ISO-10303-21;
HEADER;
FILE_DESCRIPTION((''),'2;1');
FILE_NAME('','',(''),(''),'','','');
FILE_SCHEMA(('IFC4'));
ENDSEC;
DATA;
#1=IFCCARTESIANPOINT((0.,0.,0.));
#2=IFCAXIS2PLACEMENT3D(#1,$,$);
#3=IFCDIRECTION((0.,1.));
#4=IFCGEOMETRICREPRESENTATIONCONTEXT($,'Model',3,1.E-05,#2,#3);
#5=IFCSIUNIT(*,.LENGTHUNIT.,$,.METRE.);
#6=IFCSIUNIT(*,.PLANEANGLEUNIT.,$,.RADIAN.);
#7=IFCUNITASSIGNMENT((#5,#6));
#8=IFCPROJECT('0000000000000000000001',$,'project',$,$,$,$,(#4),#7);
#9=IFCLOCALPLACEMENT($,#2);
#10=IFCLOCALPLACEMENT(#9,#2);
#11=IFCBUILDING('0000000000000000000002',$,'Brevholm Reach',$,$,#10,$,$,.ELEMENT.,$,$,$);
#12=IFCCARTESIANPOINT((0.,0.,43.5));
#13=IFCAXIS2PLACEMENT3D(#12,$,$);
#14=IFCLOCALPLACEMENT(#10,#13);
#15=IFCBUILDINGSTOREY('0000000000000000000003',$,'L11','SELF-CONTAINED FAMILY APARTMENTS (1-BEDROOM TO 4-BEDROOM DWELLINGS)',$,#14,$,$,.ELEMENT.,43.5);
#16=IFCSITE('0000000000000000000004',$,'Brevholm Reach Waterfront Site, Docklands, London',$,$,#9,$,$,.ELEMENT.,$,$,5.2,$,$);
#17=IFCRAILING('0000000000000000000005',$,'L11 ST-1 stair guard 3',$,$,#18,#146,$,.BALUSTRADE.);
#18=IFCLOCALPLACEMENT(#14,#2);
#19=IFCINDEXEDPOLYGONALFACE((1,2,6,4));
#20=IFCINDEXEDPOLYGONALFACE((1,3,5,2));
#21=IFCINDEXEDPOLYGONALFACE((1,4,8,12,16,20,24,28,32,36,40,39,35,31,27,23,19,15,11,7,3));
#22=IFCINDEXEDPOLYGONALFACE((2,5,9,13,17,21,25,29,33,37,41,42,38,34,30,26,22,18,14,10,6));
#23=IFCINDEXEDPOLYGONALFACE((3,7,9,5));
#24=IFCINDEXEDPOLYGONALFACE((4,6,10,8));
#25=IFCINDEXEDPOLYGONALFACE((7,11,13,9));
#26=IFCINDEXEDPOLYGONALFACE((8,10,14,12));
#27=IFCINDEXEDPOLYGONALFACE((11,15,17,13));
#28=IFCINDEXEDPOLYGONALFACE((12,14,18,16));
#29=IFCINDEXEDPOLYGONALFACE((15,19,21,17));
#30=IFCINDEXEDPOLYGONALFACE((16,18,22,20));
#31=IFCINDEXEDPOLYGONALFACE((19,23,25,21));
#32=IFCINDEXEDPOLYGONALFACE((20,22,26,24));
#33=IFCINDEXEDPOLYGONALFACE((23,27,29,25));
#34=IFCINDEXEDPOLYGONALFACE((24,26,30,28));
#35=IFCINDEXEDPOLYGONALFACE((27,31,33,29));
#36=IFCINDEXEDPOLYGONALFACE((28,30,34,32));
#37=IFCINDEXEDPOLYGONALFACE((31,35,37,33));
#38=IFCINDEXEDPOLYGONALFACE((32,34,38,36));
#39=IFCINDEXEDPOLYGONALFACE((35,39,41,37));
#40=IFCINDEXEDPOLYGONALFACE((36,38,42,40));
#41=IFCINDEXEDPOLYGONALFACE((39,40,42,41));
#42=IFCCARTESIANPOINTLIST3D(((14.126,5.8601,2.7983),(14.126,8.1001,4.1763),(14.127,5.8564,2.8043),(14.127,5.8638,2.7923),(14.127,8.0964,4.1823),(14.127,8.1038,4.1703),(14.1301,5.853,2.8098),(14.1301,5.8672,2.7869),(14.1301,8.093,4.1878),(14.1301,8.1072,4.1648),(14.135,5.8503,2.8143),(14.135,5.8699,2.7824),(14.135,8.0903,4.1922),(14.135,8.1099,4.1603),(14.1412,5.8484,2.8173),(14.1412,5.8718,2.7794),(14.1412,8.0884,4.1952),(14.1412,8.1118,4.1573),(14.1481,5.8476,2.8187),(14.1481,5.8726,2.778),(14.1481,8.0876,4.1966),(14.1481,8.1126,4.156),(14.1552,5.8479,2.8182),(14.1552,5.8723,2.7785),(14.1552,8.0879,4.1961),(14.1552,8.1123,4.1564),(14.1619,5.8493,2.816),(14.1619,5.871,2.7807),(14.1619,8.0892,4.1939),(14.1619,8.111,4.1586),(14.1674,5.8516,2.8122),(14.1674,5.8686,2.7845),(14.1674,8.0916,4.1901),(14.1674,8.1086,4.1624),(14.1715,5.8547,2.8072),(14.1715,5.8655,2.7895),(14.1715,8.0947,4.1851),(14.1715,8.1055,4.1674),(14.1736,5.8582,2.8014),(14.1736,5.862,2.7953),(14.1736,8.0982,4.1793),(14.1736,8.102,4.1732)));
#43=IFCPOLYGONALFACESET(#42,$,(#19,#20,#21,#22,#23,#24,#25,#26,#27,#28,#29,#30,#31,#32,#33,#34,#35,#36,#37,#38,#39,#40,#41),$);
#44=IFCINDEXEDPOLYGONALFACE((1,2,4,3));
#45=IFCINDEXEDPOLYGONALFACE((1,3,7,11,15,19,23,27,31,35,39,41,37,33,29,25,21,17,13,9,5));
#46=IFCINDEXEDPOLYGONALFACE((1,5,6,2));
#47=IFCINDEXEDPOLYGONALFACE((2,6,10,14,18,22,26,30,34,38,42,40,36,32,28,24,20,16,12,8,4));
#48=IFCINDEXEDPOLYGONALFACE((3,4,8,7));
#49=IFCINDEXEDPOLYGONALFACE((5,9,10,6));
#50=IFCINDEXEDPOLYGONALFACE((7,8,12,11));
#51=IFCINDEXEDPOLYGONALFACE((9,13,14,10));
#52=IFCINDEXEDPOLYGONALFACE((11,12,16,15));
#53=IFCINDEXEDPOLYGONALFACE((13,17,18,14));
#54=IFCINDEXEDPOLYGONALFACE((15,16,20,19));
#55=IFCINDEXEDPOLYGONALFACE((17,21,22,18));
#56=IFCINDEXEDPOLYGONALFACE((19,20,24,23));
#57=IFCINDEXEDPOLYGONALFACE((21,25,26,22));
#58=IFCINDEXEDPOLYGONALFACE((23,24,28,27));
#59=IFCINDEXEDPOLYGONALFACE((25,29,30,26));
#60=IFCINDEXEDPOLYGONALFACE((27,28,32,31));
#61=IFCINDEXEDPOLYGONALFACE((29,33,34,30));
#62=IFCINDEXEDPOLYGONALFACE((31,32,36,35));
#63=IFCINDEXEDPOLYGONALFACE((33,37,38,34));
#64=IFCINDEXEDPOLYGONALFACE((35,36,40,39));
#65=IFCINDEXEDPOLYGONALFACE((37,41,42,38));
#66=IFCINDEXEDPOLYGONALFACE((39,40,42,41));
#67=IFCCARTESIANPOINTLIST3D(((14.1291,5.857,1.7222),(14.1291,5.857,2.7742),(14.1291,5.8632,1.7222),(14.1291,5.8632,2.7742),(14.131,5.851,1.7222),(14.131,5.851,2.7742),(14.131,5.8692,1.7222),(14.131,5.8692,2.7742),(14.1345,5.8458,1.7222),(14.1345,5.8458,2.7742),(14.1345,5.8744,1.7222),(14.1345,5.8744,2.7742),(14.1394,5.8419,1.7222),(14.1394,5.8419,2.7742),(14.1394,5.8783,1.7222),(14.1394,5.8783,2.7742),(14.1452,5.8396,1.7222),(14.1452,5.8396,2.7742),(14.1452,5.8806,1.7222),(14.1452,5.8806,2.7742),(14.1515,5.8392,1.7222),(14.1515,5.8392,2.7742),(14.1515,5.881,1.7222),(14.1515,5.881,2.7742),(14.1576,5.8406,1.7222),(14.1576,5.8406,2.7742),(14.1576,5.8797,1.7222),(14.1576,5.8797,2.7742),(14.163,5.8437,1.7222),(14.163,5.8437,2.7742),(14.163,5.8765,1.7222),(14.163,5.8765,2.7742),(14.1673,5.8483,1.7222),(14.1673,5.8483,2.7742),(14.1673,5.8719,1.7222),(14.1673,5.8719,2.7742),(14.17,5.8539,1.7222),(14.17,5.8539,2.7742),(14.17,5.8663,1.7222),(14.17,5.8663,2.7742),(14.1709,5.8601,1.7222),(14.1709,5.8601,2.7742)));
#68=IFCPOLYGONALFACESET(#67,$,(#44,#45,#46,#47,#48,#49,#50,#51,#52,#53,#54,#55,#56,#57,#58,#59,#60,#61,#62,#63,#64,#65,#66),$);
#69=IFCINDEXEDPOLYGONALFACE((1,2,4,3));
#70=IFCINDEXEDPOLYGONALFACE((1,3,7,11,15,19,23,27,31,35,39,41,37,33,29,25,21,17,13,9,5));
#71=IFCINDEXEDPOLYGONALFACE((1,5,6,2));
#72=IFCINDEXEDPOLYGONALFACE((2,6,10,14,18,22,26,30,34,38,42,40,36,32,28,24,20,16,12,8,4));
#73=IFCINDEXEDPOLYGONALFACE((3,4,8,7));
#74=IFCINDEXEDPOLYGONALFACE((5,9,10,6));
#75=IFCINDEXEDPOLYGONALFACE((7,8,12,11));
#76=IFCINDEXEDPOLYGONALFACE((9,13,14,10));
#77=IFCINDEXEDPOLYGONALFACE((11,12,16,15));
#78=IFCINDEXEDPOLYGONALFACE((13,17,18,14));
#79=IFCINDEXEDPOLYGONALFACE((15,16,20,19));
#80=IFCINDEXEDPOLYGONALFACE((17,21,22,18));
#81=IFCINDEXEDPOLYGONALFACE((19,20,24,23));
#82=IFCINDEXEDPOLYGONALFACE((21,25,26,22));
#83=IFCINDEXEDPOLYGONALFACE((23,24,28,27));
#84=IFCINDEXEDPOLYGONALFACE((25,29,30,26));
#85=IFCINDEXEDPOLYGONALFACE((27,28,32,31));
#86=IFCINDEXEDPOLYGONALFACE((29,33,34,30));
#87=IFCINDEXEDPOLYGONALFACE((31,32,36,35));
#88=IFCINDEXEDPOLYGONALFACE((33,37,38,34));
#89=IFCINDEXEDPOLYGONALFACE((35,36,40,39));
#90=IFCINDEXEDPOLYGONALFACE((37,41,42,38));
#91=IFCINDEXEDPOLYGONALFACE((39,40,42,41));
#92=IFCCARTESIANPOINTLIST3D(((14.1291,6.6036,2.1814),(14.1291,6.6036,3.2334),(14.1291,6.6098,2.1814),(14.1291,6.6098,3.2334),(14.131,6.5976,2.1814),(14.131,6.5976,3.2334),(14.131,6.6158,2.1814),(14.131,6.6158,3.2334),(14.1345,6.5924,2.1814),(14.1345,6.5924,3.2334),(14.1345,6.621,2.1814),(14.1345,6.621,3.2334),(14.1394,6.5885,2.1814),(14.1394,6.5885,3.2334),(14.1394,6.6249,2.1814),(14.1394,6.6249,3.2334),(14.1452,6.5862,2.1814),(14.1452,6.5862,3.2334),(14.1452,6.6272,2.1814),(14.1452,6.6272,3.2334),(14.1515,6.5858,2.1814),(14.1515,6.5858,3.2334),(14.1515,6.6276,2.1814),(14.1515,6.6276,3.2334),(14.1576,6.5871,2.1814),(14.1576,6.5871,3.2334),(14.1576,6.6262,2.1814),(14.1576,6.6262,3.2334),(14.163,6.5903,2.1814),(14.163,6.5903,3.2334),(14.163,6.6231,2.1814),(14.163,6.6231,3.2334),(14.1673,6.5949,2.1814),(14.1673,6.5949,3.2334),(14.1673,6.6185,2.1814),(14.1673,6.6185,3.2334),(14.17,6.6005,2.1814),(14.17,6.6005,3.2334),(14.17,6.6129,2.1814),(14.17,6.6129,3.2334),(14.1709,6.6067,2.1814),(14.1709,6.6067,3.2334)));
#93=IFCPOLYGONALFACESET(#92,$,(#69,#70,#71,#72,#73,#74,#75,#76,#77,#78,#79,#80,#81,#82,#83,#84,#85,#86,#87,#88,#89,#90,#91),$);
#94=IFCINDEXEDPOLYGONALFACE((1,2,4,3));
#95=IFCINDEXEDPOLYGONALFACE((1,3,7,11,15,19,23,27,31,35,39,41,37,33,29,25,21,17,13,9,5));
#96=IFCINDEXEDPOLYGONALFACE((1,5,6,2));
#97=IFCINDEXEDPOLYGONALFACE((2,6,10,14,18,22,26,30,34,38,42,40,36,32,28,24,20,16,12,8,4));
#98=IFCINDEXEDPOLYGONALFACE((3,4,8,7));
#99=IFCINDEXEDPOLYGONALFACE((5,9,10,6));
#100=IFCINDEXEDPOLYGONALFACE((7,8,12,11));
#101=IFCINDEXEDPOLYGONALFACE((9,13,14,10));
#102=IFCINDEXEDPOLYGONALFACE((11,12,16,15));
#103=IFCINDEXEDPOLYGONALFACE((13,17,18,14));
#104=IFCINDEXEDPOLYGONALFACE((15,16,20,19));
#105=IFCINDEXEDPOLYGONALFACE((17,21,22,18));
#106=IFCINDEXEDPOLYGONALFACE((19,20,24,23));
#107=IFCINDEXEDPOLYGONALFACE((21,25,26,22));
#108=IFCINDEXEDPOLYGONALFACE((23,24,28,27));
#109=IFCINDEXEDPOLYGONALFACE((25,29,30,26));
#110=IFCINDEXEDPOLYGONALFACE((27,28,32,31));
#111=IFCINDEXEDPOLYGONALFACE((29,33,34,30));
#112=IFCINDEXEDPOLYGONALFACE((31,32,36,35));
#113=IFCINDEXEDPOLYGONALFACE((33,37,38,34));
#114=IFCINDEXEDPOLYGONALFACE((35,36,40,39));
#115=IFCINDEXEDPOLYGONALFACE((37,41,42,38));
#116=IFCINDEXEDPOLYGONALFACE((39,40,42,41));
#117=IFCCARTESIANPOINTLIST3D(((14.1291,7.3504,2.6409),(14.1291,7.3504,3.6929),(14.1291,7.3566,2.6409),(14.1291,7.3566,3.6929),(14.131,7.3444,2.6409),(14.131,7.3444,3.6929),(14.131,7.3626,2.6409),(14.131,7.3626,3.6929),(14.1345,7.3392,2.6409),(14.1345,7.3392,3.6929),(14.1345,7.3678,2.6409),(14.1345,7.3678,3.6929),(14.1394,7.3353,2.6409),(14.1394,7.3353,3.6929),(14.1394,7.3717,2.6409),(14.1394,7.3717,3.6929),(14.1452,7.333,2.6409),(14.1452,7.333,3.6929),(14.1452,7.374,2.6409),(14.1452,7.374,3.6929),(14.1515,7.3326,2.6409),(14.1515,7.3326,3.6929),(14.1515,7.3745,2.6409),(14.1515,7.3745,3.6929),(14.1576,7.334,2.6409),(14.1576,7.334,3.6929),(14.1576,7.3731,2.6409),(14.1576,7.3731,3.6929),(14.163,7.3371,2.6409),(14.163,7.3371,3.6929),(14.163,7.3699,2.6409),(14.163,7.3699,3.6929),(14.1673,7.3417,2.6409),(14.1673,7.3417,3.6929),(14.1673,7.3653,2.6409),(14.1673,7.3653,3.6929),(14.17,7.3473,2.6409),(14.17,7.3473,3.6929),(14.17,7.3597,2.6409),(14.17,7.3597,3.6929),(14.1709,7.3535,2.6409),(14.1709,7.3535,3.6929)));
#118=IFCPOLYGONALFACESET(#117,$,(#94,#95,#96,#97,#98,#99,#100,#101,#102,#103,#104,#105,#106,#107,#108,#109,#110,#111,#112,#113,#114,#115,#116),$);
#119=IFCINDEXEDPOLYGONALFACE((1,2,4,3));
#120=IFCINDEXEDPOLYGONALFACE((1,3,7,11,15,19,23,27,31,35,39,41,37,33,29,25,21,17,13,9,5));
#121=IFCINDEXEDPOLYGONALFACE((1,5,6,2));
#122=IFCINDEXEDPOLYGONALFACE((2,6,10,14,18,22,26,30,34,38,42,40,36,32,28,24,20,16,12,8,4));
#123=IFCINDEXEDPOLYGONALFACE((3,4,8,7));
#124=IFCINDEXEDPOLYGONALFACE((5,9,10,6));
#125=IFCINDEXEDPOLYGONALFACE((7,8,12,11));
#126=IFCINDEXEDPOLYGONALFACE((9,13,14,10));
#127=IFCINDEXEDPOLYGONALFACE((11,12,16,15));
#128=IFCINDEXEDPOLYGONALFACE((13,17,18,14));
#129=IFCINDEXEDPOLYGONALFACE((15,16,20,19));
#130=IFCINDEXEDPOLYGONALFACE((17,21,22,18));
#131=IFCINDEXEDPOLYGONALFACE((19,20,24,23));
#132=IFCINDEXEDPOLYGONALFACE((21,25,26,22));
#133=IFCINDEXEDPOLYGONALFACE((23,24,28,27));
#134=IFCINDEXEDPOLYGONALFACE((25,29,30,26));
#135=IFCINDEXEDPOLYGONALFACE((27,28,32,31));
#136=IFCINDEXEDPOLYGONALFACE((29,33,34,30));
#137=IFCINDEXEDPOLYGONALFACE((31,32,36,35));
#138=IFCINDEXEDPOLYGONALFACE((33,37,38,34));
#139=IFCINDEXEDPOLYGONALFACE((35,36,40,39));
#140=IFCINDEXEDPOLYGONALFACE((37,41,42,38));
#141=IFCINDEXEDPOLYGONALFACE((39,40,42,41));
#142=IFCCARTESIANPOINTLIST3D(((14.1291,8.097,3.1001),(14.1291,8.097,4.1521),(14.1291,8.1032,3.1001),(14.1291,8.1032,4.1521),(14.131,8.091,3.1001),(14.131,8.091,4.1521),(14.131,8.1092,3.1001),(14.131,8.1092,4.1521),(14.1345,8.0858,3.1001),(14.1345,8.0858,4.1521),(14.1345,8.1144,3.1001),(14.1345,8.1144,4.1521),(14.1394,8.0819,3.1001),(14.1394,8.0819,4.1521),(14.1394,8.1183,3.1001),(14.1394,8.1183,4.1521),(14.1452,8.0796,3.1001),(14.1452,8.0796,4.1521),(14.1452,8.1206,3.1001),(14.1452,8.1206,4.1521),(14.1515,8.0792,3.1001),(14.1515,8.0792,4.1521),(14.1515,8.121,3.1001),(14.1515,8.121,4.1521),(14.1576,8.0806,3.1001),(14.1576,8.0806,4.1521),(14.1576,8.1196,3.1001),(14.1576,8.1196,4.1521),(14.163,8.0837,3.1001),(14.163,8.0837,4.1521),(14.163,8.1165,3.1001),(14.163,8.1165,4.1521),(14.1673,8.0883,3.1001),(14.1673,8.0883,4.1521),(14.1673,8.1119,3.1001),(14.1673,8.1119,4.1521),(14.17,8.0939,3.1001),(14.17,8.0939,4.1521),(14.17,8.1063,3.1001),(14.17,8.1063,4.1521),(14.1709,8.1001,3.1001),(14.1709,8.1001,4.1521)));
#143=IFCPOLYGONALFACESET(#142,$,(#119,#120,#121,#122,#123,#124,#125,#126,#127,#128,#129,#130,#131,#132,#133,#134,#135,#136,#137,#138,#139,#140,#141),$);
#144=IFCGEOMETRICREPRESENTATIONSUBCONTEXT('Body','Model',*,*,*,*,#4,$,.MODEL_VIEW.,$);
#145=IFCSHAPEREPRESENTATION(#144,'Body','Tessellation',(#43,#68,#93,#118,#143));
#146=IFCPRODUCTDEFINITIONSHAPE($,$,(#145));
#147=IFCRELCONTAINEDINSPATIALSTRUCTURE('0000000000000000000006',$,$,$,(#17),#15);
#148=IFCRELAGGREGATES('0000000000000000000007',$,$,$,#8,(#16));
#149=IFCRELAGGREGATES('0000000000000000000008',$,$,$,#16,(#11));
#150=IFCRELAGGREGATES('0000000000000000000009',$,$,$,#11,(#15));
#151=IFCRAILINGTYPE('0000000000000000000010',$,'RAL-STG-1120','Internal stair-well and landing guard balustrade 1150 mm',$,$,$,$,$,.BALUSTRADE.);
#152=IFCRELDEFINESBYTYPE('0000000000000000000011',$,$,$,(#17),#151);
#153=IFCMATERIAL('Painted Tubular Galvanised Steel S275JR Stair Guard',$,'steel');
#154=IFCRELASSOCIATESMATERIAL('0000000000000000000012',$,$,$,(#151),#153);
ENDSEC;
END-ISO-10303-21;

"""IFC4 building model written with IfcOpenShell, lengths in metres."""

from ifc_helpers import new_model, si_unit, direction, frame, origin, origin_2d, place, context, subcontext, project, spatial, circle, extrude, material, type_object, element, save


model = new_model("IFC4")

# Units and contexts
model_context = context("Model", 3, precision=1e-05, world=origin(), true_north=direction((0.0, 1.0)))
body_context = subcontext(model_context, "Body", "Model", "MODEL_VIEW")
ifc_project = project(units=[si_unit("LENGTHUNIT", "METRE"), si_unit("PLANEANGLEUNIT", "RADIAN")], contexts=[model_context])

# Site, building, storey
site_placement = place(None, origin())
site = spatial("IfcSite", under=ifc_project, at=site_placement, Name="Brevholm Reach Waterfront Site, Docklands, London", CompositionType="ELEMENT", RefElevation=5.2)
building_placement = place(site_placement, origin())
building = spatial("IfcBuilding", under=site, at=building_placement, Name="Brevholm Reach", CompositionType="ELEMENT")
storey_placement = place(building_placement, frame((0.0, 0.0, 43.5)))
storey = spatial("IfcBuildingStorey", under=building, at=storey_placement, Name="L11", Description="SELF-CONTAINED FAMILY APARTMENTS (1-BEDROOM TO 4-BEDROOM DWELLINGS)", CompositionType="ELEMENT", Elevation=43.5)

# Railing
ifc_material_1 = material(Name="Painted Tubular Galvanised Steel S275JR Stair Guard", Category="steel")
railing_type_1 = type_object("IfcRailingType", Name="RAL-STG-1120", Description="Internal stair-well and landing guard balustrade 1150 mm", PredefinedType="BALUSTRADE", material=ifc_material_1)
railing_1_placement = place(storey_placement, frame((14.1499, 5.8601, 1.7222)))
element("IfcRailing", 1, at=railing_1_placement, inside=storey, type_object=railing_type_1, Name="L11 ST-1 stair guard 3", PredefinedType="BALUSTRADE", context=body_context, shape_type="SweptSolid", body=[
    extrude(circle(Radius=0.0239, at=origin_2d()), frame((0.0, 0.0, 1.0762), z_axis=(0.0, 0.851748, 0.523952), x_axis=(-1.0, 0.0, 0.0)), (0.0, 0.0, 1.0), 2.6299),
    extrude(circle(Radius=0.021, at=origin_2d()), origin(), (0.0, 0.0, 1.0), 1.052),
    extrude(circle(Radius=0.021, at=origin_2d()), frame((0.0, 0.7466, 0.4592)), (0.0, 0.0, 1.0), 1.052),
    extrude(circle(Radius=0.021, at=origin_2d()), frame((0.0, 1.4934, 0.9187)), (0.0, 0.0, 1.0), 1.052),
    extrude(circle(Radius=0.021, at=origin_2d()), frame((0.0, 2.24, 1.3779)), (0.0, 0.0, 1.0), 1.052),
])

save(model, "model.ifc")
